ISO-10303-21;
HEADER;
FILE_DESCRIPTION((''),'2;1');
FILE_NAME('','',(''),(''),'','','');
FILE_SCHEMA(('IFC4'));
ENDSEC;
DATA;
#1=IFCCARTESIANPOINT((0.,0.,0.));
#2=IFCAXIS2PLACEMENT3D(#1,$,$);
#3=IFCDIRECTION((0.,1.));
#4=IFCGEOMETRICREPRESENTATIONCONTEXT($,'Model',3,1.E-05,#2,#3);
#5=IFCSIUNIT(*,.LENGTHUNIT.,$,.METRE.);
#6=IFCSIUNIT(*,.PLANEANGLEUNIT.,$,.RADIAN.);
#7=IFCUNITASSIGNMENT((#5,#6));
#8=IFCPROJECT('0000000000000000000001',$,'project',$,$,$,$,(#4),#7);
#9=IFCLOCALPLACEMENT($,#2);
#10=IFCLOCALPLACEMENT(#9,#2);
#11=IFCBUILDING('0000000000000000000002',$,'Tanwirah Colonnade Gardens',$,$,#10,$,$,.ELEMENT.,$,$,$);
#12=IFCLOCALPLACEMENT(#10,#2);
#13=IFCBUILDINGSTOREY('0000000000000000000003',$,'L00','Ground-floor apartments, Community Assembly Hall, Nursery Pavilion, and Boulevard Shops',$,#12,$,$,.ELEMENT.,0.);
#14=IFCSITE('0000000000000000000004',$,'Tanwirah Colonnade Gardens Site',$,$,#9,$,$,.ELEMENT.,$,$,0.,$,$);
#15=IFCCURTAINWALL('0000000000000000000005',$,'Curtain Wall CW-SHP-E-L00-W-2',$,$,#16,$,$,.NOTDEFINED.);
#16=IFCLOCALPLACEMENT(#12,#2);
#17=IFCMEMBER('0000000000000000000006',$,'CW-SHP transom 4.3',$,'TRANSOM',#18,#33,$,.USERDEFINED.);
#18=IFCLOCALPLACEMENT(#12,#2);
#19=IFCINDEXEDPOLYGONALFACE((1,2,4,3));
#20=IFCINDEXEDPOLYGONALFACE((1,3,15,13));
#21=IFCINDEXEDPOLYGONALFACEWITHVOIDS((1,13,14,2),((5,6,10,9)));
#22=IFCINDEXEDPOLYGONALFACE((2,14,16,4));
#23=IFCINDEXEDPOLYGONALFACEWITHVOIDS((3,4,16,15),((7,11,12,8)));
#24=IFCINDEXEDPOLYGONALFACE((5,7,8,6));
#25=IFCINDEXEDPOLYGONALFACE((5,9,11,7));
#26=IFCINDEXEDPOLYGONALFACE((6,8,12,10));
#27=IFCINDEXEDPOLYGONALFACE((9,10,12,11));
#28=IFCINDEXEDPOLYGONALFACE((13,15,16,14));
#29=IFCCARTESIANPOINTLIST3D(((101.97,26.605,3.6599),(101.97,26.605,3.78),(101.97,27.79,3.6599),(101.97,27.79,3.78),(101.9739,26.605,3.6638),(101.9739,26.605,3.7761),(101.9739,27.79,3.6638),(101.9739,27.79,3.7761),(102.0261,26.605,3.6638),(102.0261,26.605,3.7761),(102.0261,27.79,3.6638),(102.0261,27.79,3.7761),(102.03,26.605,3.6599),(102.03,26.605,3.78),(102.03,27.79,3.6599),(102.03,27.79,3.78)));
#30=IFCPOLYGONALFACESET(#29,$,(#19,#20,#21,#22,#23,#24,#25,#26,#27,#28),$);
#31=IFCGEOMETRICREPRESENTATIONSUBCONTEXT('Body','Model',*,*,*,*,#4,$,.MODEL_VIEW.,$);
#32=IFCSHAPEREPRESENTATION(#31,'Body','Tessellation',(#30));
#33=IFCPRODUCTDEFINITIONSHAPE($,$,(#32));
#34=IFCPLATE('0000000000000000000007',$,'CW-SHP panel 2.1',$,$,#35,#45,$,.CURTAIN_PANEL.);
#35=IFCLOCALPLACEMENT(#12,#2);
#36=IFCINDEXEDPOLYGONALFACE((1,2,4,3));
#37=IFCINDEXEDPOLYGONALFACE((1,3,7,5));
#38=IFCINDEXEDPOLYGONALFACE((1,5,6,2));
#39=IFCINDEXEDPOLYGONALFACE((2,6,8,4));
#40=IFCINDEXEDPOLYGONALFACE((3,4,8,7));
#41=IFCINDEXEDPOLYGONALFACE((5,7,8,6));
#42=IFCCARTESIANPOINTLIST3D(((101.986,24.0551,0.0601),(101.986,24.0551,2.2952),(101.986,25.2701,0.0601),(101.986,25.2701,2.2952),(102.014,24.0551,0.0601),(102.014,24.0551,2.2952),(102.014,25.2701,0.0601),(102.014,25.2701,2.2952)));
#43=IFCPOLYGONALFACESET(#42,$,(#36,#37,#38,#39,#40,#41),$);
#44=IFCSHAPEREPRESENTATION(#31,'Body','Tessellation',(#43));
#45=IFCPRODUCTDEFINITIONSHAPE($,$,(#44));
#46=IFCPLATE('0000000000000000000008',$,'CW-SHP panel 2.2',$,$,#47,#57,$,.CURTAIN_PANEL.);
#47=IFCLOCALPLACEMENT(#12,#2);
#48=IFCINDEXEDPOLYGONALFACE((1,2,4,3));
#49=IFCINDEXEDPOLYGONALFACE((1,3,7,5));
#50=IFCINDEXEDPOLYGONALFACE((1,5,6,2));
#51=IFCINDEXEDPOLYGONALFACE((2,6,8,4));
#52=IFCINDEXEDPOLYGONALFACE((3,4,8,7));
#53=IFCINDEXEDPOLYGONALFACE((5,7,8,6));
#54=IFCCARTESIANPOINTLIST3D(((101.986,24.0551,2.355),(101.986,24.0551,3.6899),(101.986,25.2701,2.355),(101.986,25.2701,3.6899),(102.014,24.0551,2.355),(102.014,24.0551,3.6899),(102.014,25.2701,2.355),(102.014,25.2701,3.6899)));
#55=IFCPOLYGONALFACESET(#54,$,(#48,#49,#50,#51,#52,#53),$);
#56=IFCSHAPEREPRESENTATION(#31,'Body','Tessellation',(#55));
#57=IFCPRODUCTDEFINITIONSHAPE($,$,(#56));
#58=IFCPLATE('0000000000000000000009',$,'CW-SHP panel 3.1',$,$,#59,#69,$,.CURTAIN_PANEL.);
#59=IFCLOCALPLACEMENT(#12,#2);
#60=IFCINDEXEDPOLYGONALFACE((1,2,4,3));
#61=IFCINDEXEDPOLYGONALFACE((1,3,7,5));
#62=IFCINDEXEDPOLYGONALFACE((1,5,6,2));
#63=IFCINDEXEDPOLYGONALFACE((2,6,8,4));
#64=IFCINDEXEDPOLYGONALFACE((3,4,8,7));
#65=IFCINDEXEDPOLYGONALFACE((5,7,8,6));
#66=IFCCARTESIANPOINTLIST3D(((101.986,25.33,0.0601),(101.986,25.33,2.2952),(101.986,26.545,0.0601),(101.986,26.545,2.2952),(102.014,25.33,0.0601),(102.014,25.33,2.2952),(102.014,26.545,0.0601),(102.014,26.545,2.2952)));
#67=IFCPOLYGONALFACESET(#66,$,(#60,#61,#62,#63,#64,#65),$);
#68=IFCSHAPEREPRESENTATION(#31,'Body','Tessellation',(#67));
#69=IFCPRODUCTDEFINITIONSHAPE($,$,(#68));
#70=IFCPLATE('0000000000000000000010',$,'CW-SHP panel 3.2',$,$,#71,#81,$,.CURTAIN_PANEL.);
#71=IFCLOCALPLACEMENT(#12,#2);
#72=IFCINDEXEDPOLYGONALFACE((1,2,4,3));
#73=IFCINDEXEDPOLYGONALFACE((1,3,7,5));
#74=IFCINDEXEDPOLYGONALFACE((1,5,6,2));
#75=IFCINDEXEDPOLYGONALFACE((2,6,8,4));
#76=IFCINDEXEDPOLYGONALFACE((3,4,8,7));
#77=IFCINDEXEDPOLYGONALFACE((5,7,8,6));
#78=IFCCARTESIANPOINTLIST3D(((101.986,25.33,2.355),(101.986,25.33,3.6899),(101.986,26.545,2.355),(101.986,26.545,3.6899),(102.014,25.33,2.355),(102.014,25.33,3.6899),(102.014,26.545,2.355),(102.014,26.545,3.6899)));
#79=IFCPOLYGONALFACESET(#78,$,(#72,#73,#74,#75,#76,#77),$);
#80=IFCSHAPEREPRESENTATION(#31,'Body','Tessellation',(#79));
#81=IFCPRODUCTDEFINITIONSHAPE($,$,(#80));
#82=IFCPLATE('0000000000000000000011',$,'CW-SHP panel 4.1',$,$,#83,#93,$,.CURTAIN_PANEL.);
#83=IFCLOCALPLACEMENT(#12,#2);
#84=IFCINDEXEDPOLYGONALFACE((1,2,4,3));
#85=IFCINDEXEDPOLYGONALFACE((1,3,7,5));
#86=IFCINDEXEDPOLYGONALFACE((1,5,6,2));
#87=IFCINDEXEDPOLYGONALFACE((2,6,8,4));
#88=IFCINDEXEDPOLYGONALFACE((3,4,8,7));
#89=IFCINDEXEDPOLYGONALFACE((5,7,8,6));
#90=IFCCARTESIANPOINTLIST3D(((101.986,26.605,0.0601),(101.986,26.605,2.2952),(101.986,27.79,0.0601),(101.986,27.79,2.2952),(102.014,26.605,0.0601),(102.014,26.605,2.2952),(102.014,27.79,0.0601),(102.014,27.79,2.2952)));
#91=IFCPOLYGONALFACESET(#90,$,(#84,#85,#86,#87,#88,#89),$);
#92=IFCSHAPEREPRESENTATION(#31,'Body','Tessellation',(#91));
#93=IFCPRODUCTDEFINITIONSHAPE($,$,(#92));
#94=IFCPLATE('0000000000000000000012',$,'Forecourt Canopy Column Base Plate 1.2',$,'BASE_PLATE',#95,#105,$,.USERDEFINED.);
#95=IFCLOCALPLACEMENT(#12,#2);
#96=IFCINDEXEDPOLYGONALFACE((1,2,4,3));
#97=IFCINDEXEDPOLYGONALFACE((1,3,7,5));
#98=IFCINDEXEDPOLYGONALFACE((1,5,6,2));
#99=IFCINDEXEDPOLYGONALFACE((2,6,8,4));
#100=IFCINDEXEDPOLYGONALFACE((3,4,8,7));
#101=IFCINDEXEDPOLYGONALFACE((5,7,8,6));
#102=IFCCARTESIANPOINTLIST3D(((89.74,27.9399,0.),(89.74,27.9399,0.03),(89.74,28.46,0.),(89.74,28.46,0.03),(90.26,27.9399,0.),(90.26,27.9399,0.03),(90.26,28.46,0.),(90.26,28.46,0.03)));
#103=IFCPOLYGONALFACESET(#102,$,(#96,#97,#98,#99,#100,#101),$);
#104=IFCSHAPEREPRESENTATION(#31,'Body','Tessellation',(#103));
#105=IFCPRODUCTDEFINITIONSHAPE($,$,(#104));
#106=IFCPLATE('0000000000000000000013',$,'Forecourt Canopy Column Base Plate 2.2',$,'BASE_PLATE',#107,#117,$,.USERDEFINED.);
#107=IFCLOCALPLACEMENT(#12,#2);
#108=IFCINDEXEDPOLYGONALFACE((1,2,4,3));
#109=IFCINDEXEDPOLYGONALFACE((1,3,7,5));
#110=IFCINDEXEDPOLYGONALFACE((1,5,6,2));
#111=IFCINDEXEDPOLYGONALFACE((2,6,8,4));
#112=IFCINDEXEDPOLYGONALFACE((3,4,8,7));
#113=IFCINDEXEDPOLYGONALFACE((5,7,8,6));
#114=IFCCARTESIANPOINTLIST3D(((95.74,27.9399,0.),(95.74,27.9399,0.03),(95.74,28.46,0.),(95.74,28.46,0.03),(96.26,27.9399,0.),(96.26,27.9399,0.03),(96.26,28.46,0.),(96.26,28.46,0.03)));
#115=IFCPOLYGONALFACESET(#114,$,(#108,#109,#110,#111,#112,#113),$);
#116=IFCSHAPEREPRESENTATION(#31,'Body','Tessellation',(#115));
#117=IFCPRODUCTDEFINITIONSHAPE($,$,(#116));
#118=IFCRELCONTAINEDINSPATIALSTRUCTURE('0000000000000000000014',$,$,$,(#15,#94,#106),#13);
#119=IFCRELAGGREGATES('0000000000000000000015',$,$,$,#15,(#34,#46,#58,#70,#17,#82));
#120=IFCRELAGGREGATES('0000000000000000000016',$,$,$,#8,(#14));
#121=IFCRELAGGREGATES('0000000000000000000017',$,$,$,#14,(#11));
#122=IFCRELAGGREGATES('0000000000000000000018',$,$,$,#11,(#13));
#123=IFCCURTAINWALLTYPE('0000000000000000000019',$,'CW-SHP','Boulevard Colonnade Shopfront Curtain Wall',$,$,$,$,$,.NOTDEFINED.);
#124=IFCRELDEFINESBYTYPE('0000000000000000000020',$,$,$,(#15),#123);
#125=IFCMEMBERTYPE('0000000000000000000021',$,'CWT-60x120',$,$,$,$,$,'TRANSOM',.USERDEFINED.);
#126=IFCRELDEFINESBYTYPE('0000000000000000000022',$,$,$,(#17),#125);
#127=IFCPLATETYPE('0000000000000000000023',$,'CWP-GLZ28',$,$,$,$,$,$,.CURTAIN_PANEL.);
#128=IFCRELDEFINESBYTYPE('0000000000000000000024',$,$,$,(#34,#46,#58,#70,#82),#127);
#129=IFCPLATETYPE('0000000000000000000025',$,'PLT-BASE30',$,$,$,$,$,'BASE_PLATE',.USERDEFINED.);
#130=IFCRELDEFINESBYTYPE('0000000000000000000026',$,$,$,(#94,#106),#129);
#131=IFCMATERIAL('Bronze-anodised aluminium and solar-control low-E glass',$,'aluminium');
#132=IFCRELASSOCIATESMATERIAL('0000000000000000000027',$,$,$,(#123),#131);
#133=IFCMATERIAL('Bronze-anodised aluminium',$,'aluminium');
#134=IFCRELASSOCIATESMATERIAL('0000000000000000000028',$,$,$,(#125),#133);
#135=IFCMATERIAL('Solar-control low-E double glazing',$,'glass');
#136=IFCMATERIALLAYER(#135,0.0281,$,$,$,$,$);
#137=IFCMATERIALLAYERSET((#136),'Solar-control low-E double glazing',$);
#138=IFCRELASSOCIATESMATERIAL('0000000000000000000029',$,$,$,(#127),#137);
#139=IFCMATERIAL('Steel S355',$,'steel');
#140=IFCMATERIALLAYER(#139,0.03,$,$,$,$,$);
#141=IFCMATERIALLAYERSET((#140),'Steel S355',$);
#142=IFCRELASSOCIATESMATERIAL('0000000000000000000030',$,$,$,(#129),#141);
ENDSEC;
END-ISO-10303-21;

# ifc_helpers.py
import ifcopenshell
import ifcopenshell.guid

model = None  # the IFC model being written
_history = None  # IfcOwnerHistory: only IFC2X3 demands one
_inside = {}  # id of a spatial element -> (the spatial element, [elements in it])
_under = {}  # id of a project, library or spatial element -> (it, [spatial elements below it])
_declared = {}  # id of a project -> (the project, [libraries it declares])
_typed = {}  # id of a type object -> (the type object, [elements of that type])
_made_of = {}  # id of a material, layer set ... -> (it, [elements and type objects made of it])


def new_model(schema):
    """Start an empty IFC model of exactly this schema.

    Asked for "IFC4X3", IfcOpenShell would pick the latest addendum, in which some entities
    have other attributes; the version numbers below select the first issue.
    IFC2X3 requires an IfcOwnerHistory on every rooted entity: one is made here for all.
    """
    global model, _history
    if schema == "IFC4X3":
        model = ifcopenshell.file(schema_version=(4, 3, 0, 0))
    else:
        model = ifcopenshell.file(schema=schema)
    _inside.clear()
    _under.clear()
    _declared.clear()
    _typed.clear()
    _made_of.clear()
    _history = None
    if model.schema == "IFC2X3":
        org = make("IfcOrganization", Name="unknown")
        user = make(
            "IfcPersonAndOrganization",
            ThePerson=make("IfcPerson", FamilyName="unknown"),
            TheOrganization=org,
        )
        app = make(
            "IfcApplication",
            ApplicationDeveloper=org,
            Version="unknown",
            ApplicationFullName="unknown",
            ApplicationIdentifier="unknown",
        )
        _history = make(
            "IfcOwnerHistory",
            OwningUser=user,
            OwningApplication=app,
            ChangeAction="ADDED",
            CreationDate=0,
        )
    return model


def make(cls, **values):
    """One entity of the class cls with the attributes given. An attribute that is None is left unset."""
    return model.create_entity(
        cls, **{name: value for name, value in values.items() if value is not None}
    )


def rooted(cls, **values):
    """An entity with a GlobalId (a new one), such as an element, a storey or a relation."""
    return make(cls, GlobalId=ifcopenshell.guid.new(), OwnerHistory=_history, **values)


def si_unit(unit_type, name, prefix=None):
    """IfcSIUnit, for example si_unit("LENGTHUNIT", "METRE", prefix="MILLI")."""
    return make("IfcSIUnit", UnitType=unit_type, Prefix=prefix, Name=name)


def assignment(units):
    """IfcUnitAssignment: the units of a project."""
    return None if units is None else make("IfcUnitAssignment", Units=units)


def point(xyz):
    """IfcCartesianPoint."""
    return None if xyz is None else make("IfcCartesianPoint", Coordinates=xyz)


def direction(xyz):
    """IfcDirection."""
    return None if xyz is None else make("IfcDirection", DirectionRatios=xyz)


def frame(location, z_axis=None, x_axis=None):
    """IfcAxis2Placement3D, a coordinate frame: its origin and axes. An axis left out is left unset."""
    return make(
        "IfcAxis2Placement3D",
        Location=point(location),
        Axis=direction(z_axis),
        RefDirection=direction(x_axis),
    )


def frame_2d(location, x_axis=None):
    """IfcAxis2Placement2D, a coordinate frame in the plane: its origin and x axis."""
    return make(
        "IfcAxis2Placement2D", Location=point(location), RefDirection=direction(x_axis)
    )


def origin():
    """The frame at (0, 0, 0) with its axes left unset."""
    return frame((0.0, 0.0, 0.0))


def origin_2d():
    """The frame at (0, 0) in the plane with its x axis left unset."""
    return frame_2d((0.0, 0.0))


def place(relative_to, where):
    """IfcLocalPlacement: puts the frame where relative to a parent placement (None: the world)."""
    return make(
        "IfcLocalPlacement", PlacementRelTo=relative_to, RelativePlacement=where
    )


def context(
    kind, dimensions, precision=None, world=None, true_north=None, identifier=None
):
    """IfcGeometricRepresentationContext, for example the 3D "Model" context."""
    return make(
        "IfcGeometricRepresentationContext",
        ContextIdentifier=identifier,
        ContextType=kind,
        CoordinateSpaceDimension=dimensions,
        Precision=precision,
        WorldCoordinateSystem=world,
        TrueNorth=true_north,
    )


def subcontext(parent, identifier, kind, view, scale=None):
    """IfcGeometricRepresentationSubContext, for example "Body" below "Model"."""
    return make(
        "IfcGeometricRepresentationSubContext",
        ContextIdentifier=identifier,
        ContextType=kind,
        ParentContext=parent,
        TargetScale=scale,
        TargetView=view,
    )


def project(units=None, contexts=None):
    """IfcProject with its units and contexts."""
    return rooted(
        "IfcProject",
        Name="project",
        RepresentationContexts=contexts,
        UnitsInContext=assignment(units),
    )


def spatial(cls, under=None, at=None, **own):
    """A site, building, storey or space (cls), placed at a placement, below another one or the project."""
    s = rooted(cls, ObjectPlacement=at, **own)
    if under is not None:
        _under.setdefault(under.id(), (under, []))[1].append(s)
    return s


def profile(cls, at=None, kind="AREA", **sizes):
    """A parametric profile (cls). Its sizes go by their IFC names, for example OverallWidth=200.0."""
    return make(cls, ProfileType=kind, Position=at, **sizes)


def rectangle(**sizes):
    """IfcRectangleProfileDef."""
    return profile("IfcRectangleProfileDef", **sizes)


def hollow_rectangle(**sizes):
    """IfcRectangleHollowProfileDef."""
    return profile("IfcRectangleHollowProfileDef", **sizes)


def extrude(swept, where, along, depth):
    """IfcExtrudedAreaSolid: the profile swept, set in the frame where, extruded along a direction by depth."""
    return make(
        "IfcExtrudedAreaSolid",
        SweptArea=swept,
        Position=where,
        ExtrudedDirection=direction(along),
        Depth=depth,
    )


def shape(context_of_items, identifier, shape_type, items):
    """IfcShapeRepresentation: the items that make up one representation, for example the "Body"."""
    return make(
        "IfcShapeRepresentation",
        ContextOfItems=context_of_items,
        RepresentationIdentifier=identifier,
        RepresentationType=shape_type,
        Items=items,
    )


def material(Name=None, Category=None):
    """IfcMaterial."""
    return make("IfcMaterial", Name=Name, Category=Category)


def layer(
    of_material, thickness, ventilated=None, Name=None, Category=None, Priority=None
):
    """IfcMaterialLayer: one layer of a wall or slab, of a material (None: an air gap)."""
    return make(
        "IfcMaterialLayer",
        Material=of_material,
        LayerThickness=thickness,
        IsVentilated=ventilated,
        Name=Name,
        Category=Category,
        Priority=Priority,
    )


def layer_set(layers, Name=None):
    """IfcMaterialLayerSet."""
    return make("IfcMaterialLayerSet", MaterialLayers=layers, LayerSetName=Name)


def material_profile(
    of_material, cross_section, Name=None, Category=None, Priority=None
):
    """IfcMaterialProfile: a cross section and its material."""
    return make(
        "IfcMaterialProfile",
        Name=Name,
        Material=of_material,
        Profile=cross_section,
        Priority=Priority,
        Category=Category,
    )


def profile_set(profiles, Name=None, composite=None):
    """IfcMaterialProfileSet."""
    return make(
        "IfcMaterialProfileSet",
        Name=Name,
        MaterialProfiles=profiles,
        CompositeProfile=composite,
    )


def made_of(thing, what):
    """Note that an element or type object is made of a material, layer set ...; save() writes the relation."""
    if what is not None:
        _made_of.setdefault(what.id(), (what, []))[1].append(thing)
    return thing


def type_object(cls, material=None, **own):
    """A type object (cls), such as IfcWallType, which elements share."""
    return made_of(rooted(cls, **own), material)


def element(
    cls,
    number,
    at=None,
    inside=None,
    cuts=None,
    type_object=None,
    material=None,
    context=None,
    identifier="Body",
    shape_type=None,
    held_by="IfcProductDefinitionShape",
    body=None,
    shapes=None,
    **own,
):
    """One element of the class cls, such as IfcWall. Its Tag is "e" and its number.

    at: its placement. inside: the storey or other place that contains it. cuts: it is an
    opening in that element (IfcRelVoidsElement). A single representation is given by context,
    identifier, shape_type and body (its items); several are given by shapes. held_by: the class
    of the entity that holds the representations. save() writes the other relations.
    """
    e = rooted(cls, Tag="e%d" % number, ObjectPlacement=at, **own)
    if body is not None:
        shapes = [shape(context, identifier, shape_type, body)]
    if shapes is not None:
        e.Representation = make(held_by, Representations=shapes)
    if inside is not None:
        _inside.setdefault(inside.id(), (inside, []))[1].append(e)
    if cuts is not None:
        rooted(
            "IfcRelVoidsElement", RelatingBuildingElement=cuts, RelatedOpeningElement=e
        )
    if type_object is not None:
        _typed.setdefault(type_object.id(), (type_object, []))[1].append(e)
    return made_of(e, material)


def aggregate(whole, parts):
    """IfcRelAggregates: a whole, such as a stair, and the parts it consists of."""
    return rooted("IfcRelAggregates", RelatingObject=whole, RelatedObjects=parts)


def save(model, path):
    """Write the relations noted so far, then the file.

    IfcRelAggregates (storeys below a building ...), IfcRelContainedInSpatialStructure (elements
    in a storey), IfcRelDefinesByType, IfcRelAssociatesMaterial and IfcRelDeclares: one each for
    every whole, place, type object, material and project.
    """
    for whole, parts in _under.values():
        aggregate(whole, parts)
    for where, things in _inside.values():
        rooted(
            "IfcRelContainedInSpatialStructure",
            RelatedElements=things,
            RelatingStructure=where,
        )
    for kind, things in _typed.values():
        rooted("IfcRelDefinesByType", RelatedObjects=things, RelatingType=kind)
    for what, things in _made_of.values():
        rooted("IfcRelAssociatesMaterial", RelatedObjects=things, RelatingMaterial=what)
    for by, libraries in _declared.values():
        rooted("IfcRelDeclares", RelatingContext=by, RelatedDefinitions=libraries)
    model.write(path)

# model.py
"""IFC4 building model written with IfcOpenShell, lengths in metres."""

from ifc_helpers import new_model, si_unit, direction, frame, origin, origin_2d, place, context, subcontext, project, spatial, rectangle, hollow_rectangle, extrude, material, layer, layer_set, material_profile, profile_set, type_object, element, aggregate, save


model = new_model("IFC4")

# Units and contexts
model_context = context("Model", 3, precision=1e-05, world=origin(), true_north=direction((0.0, 1.0)))
body_context = subcontext(model_context, "Body", "Model", "MODEL_VIEW")
ifc_project = project(units=[si_unit("LENGTHUNIT", "METRE"), si_unit("PLANEANGLEUNIT", "RADIAN")], contexts=[model_context])

# Site, building, storey
site_placement = place(None, origin())
site = spatial("IfcSite", under=ifc_project, at=site_placement, Name="Tanwirah Colonnade Gardens Site", CompositionType="ELEMENT", RefElevation=0.0)
building_placement = place(site_placement, origin())
building = spatial("IfcBuilding", under=site, at=building_placement, Name="Tanwirah Colonnade Gardens", CompositionType="ELEMENT")
storey_placement = place(building_placement, origin())
storey = spatial("IfcBuildingStorey", under=building, at=storey_placement, Name="L00", Description="Ground-floor apartments, Community Assembly Hall, Nursery Pavilion, and Boulevard Shops", CompositionType="ELEMENT", Elevation=0.0)

# Shared definitions
ifc_material_1 = material(Name="Steel S355", Category="steel")

# Curtain wall, member, plates
ifc_material_2 = material(Name="Bronze-anodised aluminium and solar-control low-E glass", Category="aluminium")
curtain_wall_type = type_object("IfcCurtainWallType", Name="CW-SHP", Description="Boulevard Colonnade Shopfront Curtain Wall", PredefinedType="NOTDEFINED", material=ifc_material_2)
curtain_wall_placement = place(storey_placement, origin())
curtain_wall = element("IfcCurtainWall", 1, at=curtain_wall_placement, inside=storey, type_object=curtain_wall_type, Name="Curtain Wall CW-SHP-E-L00-W-2", PredefinedType="NOTDEFINED")
ifc_material_3 = material(Name="Bronze-anodised aluminium", Category="aluminium")
ifc_material_profile_1 = material_profile(ifc_material_3, hollow_rectangle(XDim=0.0601, YDim=0.1201, WallThickness=0.0039, at=origin_2d()), Name="CW-TRN 60x120x4")
ifc_profile_set_1 = profile_set([ifc_material_profile_1], Name="Bronze-anodised aluminium")
member_type_1 = type_object("IfcMemberType", Name="CWT-60x120", ElementType="TRANSOM", PredefinedType="USERDEFINED", material=ifc_profile_set_1)
member_1_placement = place(storey_placement, frame((102.0, 26.605, 3.72), z_axis=(0.0, 1.0, 0.0), x_axis=(-1.0, 0.0, 0.0)))
member_1 = element("IfcMember", 2, at=member_1_placement, type_object=member_type_1, Name="CW-SHP transom 4.3", ObjectType="TRANSOM", PredefinedType="USERDEFINED", context=body_context, shape_type="SweptSolid", body=[
    extrude(hollow_rectangle(XDim=0.0601, YDim=0.1201, WallThickness=0.0039, at=origin_2d()), origin(), (0.0, 0.0, 1.0), 1.1851),
])
ifc_material_4 = material(Name="Solar-control low-E double glazing", Category="glass")
ifc_layer_1 = layer(ifc_material_4, 0.0281)
ifc_layer_set_1 = layer_set([ifc_layer_1], Name="Solar-control low-E double glazing")
plate_type_1 = type_object("IfcPlateType", Name="CWP-GLZ28", PredefinedType="CURTAIN_PANEL", material=ifc_layer_set_1)
plate_1_placement = place(storey_placement, frame((102.0, 24.6626, 0.0601), z_axis=(0.0, 0.0, 1.0), x_axis=(0.0, 1.0, 0.0)))
plate_1 = element("IfcPlate", 3, at=plate_1_placement, type_object=plate_type_1, Name="CW-SHP panel 2.1", PredefinedType="CURTAIN_PANEL", context=body_context, shape_type="SweptSolid", body=[
    extrude(rectangle(XDim=1.2151, YDim=0.0281, at=origin_2d()), origin(), (0.0, 0.0, 1.0), 2.2351),
])
plate_2_placement = place(storey_placement, frame((102.0, 24.6626, 2.355), z_axis=(0.0, 0.0, 1.0), x_axis=(0.0, 1.0, 0.0)))
plate_2 = element("IfcPlate", 4, at=plate_2_placement, type_object=plate_type_1, Name="CW-SHP panel 2.2", PredefinedType="CURTAIN_PANEL", context=body_context, shape_type="SweptSolid", body=[
    extrude(rectangle(XDim=1.2151, YDim=0.0281, at=origin_2d()), origin(), (0.0, 0.0, 1.0), 1.335),
])
plate_3_placement = place(storey_placement, frame((102.0, 25.9375, 0.0601), z_axis=(0.0, 0.0, 1.0), x_axis=(0.0, 1.0, 0.0)))
plate_3 = element("IfcPlate", 5, at=plate_3_placement, type_object=plate_type_1, Name="CW-SHP panel 3.1", PredefinedType="CURTAIN_PANEL", context=body_context, shape_type="SweptSolid", body=[
    extrude(rectangle(XDim=1.2151, YDim=0.0281, at=origin_2d()), origin(), (0.0, 0.0, 1.0), 2.2351),
])
plate_4_placement = place(storey_placement, frame((102.0, 25.9375, 2.355), z_axis=(0.0, 0.0, 1.0), x_axis=(0.0, 1.0, 0.0)))
plate_4 = element("IfcPlate", 6, at=plate_4_placement, type_object=plate_type_1, Name="CW-SHP panel 3.2", PredefinedType="CURTAIN_PANEL", context=body_context, shape_type="SweptSolid", body=[
    extrude(rectangle(XDim=1.2151, YDim=0.0281, at=origin_2d()), origin(), (0.0, 0.0, 1.0), 1.335),
])
plate_5_placement = place(storey_placement, frame((102.0, 27.1975, 0.0601), z_axis=(0.0, 0.0, 1.0), x_axis=(0.0, 1.0, 0.0)))
plate_5 = element("IfcPlate", 7, at=plate_5_placement, type_object=plate_type_1, Name="CW-SHP panel 4.1", PredefinedType="CURTAIN_PANEL", context=body_context, shape_type="SweptSolid", body=[
    extrude(rectangle(XDim=1.1851, YDim=0.0281, at=origin_2d()), origin(), (0.0, 0.0, 1.0), 2.2351),
])
aggregate(curtain_wall, [plate_1, plate_2, plate_3, plate_4, member_1, plate_5])

# Plates
ifc_layer_2 = layer(ifc_material_1, 0.03)
ifc_layer_set_2 = layer_set([ifc_layer_2], Name="Steel S355")
plate_type_2 = type_object("IfcPlateType", Name="PLT-BASE30", ElementType="BASE_PLATE", PredefinedType="USERDEFINED", material=ifc_layer_set_2)
for number, where, z_axis, x_axis, name in (
    (8, (90.0, 28.2, 0.0), (0.0, 0.0, 1.0), (1.0, 0.0, 0.0), "Forecourt Canopy Column Base Plate 1.2"),
    (9, (96.0, 28.2, 0.0), (0.0, 0.0, 1.0), (1.0, 0.0, 0.0), "Forecourt Canopy Column Base Plate 2.2"),
):
    element("IfcPlate", number, at=place(storey_placement, frame(where, z_axis=z_axis, x_axis=x_axis)), inside=storey, type_object=plate_type_2, Name=name, ObjectType="BASE_PLATE", PredefinedType="USERDEFINED", context=body_context, shape_type="SweptSolid", body=[
        extrude(rectangle(XDim=0.52, YDim=0.52, at=origin_2d()), origin(), (0.0, 0.0, 1.0), 0.03),
    ])

save(model, "model.ifc")
